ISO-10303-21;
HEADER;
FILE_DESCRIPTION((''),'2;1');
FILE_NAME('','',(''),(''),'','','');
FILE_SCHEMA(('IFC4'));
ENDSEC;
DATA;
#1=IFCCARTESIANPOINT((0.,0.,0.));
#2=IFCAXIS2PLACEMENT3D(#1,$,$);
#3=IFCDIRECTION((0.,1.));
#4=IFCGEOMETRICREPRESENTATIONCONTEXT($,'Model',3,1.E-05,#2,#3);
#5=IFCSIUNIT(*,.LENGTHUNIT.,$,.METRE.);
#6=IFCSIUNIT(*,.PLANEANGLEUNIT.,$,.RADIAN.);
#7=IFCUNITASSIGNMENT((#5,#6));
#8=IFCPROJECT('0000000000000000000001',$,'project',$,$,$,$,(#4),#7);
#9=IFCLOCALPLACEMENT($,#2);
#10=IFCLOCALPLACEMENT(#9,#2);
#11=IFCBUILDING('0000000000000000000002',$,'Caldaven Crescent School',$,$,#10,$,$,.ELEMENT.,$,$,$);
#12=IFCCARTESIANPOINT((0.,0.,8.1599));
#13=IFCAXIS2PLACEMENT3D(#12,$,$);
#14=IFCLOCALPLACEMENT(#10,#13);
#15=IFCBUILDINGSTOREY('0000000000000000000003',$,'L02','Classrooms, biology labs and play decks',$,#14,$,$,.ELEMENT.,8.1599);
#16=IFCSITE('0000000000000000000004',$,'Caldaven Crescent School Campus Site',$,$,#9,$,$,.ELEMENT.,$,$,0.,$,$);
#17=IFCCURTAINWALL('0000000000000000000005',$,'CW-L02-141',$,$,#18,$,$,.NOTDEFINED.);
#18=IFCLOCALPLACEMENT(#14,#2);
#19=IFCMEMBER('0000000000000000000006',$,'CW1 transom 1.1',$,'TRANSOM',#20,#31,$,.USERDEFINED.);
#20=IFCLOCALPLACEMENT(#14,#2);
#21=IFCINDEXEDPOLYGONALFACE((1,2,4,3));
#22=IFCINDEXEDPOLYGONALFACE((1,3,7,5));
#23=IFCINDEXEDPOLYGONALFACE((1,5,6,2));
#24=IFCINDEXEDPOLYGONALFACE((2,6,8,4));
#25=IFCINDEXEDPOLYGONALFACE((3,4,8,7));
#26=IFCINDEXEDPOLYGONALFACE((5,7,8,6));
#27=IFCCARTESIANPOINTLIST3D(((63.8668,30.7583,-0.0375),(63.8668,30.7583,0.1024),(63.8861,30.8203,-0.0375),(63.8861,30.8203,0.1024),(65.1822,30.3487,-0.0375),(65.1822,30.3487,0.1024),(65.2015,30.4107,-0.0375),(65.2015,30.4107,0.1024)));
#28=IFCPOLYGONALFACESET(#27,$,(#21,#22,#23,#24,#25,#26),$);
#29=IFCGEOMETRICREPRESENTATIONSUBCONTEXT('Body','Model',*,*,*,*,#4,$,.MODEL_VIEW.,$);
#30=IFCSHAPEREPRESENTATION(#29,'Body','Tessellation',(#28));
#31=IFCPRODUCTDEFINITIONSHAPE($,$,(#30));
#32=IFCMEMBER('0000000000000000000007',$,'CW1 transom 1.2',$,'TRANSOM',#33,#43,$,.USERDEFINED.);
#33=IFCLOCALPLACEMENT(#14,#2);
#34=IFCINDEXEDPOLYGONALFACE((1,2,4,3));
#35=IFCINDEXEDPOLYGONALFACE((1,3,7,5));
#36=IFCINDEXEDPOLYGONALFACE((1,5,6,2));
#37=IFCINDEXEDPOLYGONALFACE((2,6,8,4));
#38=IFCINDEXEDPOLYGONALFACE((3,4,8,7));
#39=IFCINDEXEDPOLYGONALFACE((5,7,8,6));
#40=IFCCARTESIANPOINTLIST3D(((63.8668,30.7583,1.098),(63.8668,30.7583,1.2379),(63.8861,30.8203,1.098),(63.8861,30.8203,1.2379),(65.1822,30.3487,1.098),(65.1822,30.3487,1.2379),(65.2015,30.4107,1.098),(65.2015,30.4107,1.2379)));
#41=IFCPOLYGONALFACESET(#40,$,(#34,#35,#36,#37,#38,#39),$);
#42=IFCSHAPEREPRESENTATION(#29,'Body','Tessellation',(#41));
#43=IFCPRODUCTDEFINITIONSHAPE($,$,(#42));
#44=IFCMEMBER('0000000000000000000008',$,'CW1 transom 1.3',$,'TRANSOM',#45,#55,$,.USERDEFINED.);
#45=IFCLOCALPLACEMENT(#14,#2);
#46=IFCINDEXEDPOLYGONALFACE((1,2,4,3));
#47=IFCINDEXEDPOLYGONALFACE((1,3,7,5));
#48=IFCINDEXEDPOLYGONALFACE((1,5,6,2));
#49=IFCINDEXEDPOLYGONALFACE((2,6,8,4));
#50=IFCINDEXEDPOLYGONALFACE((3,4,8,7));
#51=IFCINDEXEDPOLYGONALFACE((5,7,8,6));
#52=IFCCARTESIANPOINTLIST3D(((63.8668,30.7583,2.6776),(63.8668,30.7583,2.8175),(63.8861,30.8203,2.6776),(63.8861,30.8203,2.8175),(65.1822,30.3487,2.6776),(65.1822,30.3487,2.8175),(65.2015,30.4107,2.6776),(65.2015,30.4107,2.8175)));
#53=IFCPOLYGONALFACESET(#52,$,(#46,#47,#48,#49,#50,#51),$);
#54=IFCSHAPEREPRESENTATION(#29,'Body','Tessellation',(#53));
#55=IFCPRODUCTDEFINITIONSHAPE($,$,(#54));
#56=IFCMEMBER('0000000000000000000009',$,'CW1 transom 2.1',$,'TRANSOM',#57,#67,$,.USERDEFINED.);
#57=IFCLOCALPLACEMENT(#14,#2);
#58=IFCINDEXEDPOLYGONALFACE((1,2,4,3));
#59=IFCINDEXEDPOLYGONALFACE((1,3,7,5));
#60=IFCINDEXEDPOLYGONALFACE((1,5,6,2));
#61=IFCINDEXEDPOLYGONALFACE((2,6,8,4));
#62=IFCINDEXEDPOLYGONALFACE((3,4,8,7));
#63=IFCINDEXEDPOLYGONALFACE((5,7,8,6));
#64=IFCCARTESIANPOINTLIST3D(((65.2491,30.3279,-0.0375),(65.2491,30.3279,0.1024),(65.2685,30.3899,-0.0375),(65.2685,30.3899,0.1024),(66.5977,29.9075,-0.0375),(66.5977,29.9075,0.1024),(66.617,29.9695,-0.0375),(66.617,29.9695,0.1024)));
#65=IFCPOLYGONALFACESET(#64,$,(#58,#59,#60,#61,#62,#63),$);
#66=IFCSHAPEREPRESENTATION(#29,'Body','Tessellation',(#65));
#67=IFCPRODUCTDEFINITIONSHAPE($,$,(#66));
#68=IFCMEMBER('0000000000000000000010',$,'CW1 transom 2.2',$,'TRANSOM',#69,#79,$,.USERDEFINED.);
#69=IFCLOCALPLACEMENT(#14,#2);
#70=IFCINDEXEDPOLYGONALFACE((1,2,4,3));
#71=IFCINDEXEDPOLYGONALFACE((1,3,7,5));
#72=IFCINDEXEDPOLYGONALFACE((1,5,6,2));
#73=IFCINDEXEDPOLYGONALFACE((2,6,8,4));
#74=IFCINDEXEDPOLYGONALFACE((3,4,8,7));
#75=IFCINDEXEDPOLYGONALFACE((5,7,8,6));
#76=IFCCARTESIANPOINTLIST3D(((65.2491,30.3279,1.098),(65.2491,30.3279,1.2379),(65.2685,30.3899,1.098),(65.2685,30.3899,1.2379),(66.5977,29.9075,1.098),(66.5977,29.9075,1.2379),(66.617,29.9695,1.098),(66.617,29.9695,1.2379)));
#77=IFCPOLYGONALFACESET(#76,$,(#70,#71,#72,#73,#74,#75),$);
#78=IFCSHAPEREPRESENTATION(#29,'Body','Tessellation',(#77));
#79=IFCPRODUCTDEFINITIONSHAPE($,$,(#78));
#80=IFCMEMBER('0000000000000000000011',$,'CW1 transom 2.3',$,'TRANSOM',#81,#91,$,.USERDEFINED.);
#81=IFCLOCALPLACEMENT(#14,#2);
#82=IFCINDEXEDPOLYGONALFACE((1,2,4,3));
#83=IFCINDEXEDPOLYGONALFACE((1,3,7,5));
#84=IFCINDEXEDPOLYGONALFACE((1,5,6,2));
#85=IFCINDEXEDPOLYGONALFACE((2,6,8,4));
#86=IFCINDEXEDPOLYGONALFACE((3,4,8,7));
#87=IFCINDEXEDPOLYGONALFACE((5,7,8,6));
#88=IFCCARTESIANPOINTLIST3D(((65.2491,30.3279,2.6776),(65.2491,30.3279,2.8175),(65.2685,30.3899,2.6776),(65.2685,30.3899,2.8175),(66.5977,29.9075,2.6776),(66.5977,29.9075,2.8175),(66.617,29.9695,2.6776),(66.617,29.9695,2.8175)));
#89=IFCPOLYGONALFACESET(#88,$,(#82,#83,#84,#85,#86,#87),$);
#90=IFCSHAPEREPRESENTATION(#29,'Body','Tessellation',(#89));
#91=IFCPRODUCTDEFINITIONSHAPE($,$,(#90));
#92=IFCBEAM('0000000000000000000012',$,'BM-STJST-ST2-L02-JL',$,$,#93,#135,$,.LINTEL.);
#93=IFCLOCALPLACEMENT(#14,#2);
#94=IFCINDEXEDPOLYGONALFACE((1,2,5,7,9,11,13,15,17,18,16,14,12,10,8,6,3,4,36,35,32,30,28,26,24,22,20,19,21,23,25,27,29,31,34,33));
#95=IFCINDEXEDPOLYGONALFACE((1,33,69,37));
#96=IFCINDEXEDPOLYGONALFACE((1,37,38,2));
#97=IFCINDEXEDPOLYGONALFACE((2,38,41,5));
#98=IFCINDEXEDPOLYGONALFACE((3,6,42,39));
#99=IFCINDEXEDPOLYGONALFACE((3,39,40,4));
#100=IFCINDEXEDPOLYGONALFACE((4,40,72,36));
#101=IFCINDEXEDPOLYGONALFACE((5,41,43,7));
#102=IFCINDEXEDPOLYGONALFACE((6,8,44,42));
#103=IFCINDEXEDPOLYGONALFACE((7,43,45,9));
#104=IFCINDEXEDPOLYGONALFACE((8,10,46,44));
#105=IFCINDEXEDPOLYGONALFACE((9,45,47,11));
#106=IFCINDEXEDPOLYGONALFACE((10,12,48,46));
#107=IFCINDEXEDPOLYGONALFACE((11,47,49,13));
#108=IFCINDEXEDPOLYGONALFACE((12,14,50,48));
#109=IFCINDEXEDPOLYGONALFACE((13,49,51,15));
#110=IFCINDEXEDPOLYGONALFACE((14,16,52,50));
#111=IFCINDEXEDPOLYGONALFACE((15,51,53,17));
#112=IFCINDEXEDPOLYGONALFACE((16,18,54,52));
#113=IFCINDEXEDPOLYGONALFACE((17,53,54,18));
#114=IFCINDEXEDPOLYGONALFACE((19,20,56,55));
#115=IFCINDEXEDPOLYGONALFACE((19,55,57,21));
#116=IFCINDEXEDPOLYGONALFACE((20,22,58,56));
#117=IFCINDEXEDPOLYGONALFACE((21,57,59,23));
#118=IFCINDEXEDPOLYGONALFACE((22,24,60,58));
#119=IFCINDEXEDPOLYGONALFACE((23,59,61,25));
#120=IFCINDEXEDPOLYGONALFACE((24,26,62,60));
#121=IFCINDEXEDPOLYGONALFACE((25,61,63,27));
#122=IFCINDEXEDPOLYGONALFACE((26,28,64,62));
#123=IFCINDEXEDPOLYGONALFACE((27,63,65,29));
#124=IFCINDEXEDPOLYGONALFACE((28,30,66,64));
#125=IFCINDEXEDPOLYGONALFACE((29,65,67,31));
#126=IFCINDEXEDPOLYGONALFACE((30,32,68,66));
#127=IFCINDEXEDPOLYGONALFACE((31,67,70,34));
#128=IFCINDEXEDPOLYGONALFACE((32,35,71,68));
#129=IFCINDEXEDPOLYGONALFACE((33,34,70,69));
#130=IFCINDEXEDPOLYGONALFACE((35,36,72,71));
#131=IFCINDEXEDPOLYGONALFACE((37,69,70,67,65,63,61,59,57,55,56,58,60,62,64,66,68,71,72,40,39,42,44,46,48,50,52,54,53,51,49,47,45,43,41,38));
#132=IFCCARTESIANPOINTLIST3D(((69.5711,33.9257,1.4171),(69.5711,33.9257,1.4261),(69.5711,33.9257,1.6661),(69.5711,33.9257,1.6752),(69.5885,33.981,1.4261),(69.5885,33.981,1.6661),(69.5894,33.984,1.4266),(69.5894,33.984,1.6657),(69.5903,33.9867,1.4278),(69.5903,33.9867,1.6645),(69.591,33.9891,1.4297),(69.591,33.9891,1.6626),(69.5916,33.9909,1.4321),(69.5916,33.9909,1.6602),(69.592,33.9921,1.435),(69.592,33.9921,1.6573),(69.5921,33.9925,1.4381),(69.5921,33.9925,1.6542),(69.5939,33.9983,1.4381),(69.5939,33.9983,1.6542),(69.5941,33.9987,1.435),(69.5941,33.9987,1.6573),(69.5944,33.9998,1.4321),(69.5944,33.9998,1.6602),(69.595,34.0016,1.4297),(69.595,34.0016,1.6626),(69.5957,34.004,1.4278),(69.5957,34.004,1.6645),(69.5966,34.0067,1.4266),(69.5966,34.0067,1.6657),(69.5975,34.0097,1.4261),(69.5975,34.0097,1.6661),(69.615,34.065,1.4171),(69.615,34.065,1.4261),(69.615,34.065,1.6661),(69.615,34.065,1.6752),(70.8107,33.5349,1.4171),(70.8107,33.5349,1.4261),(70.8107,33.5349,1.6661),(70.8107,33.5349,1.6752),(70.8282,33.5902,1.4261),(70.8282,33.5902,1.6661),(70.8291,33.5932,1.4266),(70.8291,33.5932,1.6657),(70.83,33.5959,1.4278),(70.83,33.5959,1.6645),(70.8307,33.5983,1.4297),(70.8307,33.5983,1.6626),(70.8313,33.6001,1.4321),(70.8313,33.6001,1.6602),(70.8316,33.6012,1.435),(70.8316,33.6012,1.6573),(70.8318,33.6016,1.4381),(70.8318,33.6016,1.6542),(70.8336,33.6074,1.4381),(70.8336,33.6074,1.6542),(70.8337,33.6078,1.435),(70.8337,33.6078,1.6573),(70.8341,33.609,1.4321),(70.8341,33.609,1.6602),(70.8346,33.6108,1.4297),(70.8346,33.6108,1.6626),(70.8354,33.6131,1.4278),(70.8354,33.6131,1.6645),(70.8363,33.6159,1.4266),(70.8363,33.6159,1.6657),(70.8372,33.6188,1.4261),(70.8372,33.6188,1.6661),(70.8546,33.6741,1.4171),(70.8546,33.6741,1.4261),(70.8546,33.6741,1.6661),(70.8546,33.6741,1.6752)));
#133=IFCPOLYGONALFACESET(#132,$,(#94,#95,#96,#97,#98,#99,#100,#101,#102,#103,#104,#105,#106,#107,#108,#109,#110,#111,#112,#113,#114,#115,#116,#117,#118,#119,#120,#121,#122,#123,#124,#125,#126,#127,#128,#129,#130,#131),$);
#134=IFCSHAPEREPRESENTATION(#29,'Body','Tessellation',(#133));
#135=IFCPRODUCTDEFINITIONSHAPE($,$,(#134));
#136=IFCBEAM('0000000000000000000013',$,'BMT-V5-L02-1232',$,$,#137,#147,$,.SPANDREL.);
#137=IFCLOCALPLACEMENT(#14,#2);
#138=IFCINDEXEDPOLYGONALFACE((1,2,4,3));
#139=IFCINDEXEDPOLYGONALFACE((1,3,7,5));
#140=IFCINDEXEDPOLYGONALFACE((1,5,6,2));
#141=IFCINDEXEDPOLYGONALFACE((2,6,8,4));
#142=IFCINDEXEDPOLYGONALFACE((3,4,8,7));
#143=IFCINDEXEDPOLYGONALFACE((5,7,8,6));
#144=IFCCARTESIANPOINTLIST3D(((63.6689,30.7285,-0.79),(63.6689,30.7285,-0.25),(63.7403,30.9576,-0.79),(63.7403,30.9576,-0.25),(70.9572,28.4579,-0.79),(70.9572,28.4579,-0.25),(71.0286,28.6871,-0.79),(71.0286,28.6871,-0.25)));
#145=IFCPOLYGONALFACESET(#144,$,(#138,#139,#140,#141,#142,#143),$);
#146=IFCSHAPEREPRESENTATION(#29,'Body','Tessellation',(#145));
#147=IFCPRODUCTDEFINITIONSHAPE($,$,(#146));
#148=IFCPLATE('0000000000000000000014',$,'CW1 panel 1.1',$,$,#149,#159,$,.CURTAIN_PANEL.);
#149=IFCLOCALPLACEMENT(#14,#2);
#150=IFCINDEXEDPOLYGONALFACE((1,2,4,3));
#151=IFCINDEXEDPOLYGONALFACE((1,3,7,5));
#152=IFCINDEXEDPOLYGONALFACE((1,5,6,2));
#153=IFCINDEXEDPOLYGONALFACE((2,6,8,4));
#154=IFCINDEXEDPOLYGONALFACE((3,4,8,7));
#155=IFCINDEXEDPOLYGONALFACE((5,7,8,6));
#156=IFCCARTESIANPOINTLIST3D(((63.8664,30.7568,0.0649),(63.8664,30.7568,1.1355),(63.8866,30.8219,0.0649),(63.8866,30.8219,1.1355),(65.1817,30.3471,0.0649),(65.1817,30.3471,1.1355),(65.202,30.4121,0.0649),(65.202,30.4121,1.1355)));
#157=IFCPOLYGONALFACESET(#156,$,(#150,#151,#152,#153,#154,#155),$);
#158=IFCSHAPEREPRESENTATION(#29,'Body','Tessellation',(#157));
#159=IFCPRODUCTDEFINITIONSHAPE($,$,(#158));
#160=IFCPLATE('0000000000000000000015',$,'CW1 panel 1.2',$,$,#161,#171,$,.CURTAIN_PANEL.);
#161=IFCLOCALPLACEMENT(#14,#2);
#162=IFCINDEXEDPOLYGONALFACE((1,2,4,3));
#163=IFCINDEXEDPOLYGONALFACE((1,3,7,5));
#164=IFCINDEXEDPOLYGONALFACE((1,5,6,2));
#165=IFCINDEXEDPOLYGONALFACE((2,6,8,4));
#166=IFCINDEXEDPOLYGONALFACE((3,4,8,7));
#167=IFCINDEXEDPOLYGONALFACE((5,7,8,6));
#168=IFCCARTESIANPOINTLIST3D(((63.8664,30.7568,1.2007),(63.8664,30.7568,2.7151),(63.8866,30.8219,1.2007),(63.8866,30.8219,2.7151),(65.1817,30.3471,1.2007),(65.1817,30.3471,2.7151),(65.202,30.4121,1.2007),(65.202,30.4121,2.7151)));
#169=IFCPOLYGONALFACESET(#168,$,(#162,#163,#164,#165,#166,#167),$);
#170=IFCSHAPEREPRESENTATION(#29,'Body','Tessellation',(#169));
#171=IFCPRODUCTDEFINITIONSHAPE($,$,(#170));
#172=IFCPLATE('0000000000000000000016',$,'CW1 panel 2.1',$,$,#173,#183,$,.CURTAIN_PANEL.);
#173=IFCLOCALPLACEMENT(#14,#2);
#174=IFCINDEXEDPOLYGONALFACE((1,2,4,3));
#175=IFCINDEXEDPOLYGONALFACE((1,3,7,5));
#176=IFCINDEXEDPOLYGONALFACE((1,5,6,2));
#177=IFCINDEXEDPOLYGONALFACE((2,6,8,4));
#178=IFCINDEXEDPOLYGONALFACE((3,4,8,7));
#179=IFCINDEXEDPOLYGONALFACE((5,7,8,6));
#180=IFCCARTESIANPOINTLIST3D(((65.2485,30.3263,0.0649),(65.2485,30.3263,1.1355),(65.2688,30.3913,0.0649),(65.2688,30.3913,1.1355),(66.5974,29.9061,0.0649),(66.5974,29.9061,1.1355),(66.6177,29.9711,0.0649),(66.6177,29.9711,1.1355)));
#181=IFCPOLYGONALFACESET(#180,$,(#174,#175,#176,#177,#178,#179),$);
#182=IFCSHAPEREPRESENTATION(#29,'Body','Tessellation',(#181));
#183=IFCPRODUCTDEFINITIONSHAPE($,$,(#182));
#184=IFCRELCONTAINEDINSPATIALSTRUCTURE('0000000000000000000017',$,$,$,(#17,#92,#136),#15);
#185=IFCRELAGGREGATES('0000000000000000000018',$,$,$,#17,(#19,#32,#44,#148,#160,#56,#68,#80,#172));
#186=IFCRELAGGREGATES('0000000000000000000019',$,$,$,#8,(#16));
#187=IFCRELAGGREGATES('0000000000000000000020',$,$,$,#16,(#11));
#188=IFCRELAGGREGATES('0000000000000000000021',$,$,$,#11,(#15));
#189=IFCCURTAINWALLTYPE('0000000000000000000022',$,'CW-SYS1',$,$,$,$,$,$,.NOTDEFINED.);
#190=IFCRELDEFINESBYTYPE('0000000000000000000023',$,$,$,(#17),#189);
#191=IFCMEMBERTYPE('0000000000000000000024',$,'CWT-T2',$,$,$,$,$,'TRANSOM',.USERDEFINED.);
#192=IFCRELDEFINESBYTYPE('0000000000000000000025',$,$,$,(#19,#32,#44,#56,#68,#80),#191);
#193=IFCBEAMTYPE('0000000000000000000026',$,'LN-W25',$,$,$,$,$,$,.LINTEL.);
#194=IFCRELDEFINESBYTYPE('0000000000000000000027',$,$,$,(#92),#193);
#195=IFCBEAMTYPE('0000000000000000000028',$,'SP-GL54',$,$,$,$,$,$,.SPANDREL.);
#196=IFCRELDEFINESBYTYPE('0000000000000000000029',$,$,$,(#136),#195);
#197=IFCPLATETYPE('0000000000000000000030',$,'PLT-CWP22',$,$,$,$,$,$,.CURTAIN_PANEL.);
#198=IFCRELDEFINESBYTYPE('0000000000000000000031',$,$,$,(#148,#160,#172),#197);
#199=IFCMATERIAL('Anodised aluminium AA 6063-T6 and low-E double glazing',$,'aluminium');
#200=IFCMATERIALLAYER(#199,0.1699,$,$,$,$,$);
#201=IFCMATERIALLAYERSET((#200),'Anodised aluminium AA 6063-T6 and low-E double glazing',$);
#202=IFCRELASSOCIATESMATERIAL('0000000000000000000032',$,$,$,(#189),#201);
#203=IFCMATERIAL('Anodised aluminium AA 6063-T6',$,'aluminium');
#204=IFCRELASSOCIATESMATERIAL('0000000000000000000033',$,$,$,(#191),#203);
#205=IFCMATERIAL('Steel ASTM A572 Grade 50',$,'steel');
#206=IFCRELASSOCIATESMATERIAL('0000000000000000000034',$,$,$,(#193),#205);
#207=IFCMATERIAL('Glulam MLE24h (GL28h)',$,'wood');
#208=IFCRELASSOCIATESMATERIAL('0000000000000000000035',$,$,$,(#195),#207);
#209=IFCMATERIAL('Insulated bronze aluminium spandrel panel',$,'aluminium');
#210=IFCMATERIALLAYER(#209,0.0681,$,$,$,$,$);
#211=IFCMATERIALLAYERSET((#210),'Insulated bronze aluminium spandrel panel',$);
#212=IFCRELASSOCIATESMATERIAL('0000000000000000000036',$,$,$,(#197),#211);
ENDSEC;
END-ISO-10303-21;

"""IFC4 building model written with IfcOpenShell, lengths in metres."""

from ifc_helpers import new_model, si_unit, direction, frame, origin, origin_2d, place, context, subcontext, project, spatial, rectangle, i_section, extrude, material, layer, layer_set, material_profile, profile_set, type_object, element, aggregate, save


model = new_model("IFC4")

# Units and contexts
model_context = context("Model", 3, precision=1e-05, world=origin(), true_north=direction((0.0, 1.0)))
body_context = subcontext(model_context, "Body", "Model", "MODEL_VIEW")
ifc_project = project(units=[si_unit("LENGTHUNIT", "METRE"), si_unit("PLANEANGLEUNIT", "RADIAN")], contexts=[model_context])

# Site, building, storey
site_placement = place(None, origin())
site = spatial("IfcSite", under=ifc_project, at=site_placement, Name="Caldaven Crescent School Campus Site", CompositionType="ELEMENT", RefElevation=0.0)
building_placement = place(site_placement, origin())
building = spatial("IfcBuilding", under=site, at=building_placement, Name="Caldaven Crescent School", CompositionType="ELEMENT")
storey_placement = place(building_placement, frame((0.0, 0.0, 8.1599)))
storey = spatial("IfcBuildingStorey", under=building, at=storey_placement, Name="L02", Description="Classrooms, biology labs and play decks", CompositionType="ELEMENT", Elevation=8.1599)

# Shared definitions
ifc_material_1 = material(Name="Glulam MLE24h (GL28h)", Category="wood")
ifc_material_2 = material(Name="Steel ASTM A572 Grade 50", Category="steel")

# Curtain wall, members
ifc_material_3 = material(Name="Anodised aluminium AA 6063-T6 and low-E double glazing", Category="aluminium")
ifc_layer_1 = layer(ifc_material_3, 0.1699)
ifc_layer_set_1 = layer_set([ifc_layer_1], Name="Anodised aluminium AA 6063-T6 and low-E double glazing")
curtain_wall_type = type_object("IfcCurtainWallType", Name="CW-SYS1", PredefinedType="NOTDEFINED", material=ifc_layer_set_1)
curtain_wall_placement = place(storey_placement, origin())
curtain_wall = element("IfcCurtainWall", 1, at=curtain_wall_placement, inside=storey, type_object=curtain_wall_type, Name="CW-L02-141", PredefinedType="NOTDEFINED")
ifc_material_4 = material(Name="Anodised aluminium AA 6063-T6", Category="aluminium")
ifc_material_profile_1 = material_profile(ifc_material_4, rectangle(XDim=0.0649, YDim=0.1399, at=origin_2d()), Name="CWT 65x140")
ifc_profile_set_1 = profile_set([ifc_material_profile_1], Name="Anodised aluminium AA 6063-T6")
member_type_1 = type_object("IfcMemberType", Name="CWT-T2", ElementType="TRANSOM", PredefinedType="USERDEFINED", material=ifc_profile_set_1)
member_1_placement = place(storey_placement, frame((63.8765, 30.7893, 0.0325), z_axis=(0.95477, -0.297347, 0.0), x_axis=(0.297347, 0.95477, 0.0)))
member_1 = element("IfcMember", 2, at=member_1_placement, type_object=member_type_1, Name="CW1 transom 1.1", ObjectType="TRANSOM", PredefinedType="USERDEFINED", context=body_context, shape_type="SweptSolid", body=[
    extrude(rectangle(XDim=0.0649, YDim=0.1399, at=origin_2d()), origin(), (0.0, 0.0, 1.0), 1.3777),
])
member_2_placement = place(storey_placement, frame((63.8765, 30.7893, 1.168), z_axis=(0.95477, -0.297347, 0.0), x_axis=(0.297347, 0.95477, 0.0)))
member_2 = element("IfcMember", 3, at=member_2_placement, type_object=member_type_1, Name="CW1 transom 1.2", ObjectType="TRANSOM", PredefinedType="USERDEFINED", context=body_context, shape_type="SweptSolid", body=[
    extrude(rectangle(XDim=0.0649, YDim=0.1399, at=origin_2d()), origin(), (0.0, 0.0, 1.0), 1.3777),
])
member_3_placement = place(storey_placement, frame((63.8765, 30.7893, 2.7476), z_axis=(0.95477, -0.297347, 0.0), x_axis=(0.297347, 0.95477, 0.0)))
member_3 = element("IfcMember", 4, at=member_3_placement, type_object=member_type_1, Name="CW1 transom 1.3", ObjectType="TRANSOM", PredefinedType="USERDEFINED", context=body_context, shape_type="SweptSolid", body=[
    extrude(rectangle(XDim=0.0649, YDim=0.1399, at=origin_2d()), origin(), (0.0, 0.0, 1.0), 1.3777),
])
member_4_placement = place(storey_placement, frame((65.2588, 30.3589, 0.0325), z_axis=(0.954689, -0.297606, 0.0), x_axis=(0.297606, 0.954689, 0.0)))
member_4 = element("IfcMember", 5, at=member_4_placement, type_object=member_type_1, Name="CW1 transom 2.1", ObjectType="TRANSOM", PredefinedType="USERDEFINED", context=body_context, shape_type="SweptSolid", body=[
    extrude(rectangle(XDim=0.0649, YDim=0.1399, at=origin_2d()), origin(), (0.0, 0.0, 1.0), 1.4126),
])
member_5_placement = place(storey_placement, frame((65.2588, 30.3589, 1.168), z_axis=(0.954689, -0.297606, 0.0), x_axis=(0.297606, 0.954689, 0.0)))
member_5 = element("IfcMember", 6, at=member_5_placement, type_object=member_type_1, Name="CW1 transom 2.2", ObjectType="TRANSOM", PredefinedType="USERDEFINED", context=body_context, shape_type="SweptSolid", body=[
    extrude(rectangle(XDim=0.0649, YDim=0.1399, at=origin_2d()), origin(), (0.0, 0.0, 1.0), 1.4126),
])
member_6_placement = place(storey_placement, frame((65.2588, 30.3589, 2.7476), z_axis=(0.954689, -0.297606, 0.0), x_axis=(0.297606, 0.954689, 0.0)))
member_6 = element("IfcMember", 7, at=member_6_placement, type_object=member_type_1, Name="CW1 transom 2.3", ObjectType="TRANSOM", PredefinedType="USERDEFINED", context=body_context, shape_type="SweptSolid", body=[
    extrude(rectangle(XDim=0.0649, YDim=0.1399, at=origin_2d()), origin(), (0.0, 0.0, 1.0), 1.4126),
])

# Beams
ifc_material_profile_2 = material_profile(ifc_material_2, i_section(OverallWidth=0.146, OverallDepth=0.2581, WebThickness=0.0061, FlangeThickness=0.009, FilletRadius=0.012, at=origin_2d()), Name="W250x33")
ifc_profile_set_2 = profile_set([ifc_material_profile_2], Name="Steel ASTM A572 Grade 50")
beam_type_1 = type_object("IfcBeamType", Name="LN-W25", PredefinedType="LINTEL", material=ifc_profile_set_2)
beam_1_placement = place(storey_placement, frame((69.593, 33.9954, 1.5461), z_axis=(0.953722, -0.300691, 0.0), x_axis=(0.300691, 0.953722, 0.0)))
element("IfcBeam", 8, at=beam_1_placement, inside=storey, type_object=beam_type_1, Name="BM-STJST-ST2-L02-JL", PredefinedType="LINTEL", context=body_context, shape_type="SweptSolid", body=[
    extrude(i_section(OverallWidth=0.146, OverallDepth=0.2581, WebThickness=0.0061, FlangeThickness=0.009, FilletRadius=0.012, at=origin_2d()), origin(), (0.0, 0.0, 1.0), 1.2998),
])
ifc_material_profile_3 = material_profile(ifc_material_1, rectangle(XDim=0.24, YDim=0.54, at=origin_2d()), Name="MLE 240x540")
ifc_profile_set_3 = profile_set([ifc_material_profile_3], Name="Glulam MLE24h (GL28h)")
beam_type_2 = type_object("IfcBeamType", Name="SP-GL54", PredefinedType="SPANDREL", material=ifc_profile_set_3)
beam_2_placement = place(storey_placement, frame((63.7046, 30.843, -0.52), z_axis=(0.954744, -0.297428, 0.0), x_axis=(0.297428, 0.954744, 0.0)))
element("IfcBeam", 9, at=beam_2_placement, inside=storey, type_object=beam_type_2, Name="BMT-V5-L02-1232", PredefinedType="SPANDREL", context=body_context, shape_type="SweptSolid", body=[
    extrude(rectangle(XDim=0.24, YDim=0.54, at=origin_2d()), origin(), (0.0, 0.0, 1.0), 7.6338),
])

# Plates
ifc_material_5 = material(Name="Insulated bronze aluminium spandrel panel", Category="aluminium")
ifc_layer_2 = layer(ifc_material_5, 0.0681)
ifc_layer_set_2 = layer_set([ifc_layer_2], Name="Insulated bronze aluminium spandrel panel")
plate_type = type_object("IfcPlateType", Name="PLT-CWP22", PredefinedType="CURTAIN_PANEL", material=ifc_layer_set_2)
plate_1_placement = place(storey_placement, frame((64.5342, 30.5845, 0.0649), z_axis=(0.0, 0.0, 1.0), x_axis=(0.954747, -0.29742, 0.0)))
plate_1 = element("IfcPlate", 10, at=plate_1_placement, type_object=plate_type, Name="CW1 panel 1.1", PredefinedType="CURTAIN_PANEL", context=body_context, shape_type="SweptSolid", body=[
    extrude(rectangle(XDim=1.3777, YDim=0.0681, at=origin_2d()), origin(), (0.0, 0.0, 1.0), 1.0706),
])
plate_2_placement = place(storey_placement, frame((64.5342, 30.5845, 1.2007), z_axis=(0.0, 0.0, 1.0), x_axis=(0.954747, -0.29742, 0.0)))
plate_2 = element("IfcPlate", 11, at=plate_2_placement, type_object=plate_type, Name="CW1 panel 1.2", PredefinedType="CURTAIN_PANEL", context=body_context, shape_type="SweptSolid", body=[
    extrude(rectangle(XDim=1.3777, YDim=0.0681, at=origin_2d()), origin(), (0.0, 0.0, 1.0), 1.5144),
])
plate_3_placement = place(storey_placement, frame((65.9331, 30.1487, 0.0649), z_axis=(0.0, 0.0, 1.0), x_axis=(0.954747, -0.29742, 0.0)))
plate_3 = element("IfcPlate", 12, at=plate_3_placement, type_object=plate_type, Name="CW1 panel 2.1", PredefinedType="CURTAIN_PANEL", context=body_context, shape_type="SweptSolid", body=[
    extrude(rectangle(XDim=1.4128, YDim=0.0681, at=origin_2d()), origin(), (0.0, 0.0, 1.0), 1.0706),
])
aggregate(curtain_wall, [member_1, member_2, member_3, plate_1, plate_2, member_4, member_5, member_6, plate_3])

save(model, "model.ifc")
